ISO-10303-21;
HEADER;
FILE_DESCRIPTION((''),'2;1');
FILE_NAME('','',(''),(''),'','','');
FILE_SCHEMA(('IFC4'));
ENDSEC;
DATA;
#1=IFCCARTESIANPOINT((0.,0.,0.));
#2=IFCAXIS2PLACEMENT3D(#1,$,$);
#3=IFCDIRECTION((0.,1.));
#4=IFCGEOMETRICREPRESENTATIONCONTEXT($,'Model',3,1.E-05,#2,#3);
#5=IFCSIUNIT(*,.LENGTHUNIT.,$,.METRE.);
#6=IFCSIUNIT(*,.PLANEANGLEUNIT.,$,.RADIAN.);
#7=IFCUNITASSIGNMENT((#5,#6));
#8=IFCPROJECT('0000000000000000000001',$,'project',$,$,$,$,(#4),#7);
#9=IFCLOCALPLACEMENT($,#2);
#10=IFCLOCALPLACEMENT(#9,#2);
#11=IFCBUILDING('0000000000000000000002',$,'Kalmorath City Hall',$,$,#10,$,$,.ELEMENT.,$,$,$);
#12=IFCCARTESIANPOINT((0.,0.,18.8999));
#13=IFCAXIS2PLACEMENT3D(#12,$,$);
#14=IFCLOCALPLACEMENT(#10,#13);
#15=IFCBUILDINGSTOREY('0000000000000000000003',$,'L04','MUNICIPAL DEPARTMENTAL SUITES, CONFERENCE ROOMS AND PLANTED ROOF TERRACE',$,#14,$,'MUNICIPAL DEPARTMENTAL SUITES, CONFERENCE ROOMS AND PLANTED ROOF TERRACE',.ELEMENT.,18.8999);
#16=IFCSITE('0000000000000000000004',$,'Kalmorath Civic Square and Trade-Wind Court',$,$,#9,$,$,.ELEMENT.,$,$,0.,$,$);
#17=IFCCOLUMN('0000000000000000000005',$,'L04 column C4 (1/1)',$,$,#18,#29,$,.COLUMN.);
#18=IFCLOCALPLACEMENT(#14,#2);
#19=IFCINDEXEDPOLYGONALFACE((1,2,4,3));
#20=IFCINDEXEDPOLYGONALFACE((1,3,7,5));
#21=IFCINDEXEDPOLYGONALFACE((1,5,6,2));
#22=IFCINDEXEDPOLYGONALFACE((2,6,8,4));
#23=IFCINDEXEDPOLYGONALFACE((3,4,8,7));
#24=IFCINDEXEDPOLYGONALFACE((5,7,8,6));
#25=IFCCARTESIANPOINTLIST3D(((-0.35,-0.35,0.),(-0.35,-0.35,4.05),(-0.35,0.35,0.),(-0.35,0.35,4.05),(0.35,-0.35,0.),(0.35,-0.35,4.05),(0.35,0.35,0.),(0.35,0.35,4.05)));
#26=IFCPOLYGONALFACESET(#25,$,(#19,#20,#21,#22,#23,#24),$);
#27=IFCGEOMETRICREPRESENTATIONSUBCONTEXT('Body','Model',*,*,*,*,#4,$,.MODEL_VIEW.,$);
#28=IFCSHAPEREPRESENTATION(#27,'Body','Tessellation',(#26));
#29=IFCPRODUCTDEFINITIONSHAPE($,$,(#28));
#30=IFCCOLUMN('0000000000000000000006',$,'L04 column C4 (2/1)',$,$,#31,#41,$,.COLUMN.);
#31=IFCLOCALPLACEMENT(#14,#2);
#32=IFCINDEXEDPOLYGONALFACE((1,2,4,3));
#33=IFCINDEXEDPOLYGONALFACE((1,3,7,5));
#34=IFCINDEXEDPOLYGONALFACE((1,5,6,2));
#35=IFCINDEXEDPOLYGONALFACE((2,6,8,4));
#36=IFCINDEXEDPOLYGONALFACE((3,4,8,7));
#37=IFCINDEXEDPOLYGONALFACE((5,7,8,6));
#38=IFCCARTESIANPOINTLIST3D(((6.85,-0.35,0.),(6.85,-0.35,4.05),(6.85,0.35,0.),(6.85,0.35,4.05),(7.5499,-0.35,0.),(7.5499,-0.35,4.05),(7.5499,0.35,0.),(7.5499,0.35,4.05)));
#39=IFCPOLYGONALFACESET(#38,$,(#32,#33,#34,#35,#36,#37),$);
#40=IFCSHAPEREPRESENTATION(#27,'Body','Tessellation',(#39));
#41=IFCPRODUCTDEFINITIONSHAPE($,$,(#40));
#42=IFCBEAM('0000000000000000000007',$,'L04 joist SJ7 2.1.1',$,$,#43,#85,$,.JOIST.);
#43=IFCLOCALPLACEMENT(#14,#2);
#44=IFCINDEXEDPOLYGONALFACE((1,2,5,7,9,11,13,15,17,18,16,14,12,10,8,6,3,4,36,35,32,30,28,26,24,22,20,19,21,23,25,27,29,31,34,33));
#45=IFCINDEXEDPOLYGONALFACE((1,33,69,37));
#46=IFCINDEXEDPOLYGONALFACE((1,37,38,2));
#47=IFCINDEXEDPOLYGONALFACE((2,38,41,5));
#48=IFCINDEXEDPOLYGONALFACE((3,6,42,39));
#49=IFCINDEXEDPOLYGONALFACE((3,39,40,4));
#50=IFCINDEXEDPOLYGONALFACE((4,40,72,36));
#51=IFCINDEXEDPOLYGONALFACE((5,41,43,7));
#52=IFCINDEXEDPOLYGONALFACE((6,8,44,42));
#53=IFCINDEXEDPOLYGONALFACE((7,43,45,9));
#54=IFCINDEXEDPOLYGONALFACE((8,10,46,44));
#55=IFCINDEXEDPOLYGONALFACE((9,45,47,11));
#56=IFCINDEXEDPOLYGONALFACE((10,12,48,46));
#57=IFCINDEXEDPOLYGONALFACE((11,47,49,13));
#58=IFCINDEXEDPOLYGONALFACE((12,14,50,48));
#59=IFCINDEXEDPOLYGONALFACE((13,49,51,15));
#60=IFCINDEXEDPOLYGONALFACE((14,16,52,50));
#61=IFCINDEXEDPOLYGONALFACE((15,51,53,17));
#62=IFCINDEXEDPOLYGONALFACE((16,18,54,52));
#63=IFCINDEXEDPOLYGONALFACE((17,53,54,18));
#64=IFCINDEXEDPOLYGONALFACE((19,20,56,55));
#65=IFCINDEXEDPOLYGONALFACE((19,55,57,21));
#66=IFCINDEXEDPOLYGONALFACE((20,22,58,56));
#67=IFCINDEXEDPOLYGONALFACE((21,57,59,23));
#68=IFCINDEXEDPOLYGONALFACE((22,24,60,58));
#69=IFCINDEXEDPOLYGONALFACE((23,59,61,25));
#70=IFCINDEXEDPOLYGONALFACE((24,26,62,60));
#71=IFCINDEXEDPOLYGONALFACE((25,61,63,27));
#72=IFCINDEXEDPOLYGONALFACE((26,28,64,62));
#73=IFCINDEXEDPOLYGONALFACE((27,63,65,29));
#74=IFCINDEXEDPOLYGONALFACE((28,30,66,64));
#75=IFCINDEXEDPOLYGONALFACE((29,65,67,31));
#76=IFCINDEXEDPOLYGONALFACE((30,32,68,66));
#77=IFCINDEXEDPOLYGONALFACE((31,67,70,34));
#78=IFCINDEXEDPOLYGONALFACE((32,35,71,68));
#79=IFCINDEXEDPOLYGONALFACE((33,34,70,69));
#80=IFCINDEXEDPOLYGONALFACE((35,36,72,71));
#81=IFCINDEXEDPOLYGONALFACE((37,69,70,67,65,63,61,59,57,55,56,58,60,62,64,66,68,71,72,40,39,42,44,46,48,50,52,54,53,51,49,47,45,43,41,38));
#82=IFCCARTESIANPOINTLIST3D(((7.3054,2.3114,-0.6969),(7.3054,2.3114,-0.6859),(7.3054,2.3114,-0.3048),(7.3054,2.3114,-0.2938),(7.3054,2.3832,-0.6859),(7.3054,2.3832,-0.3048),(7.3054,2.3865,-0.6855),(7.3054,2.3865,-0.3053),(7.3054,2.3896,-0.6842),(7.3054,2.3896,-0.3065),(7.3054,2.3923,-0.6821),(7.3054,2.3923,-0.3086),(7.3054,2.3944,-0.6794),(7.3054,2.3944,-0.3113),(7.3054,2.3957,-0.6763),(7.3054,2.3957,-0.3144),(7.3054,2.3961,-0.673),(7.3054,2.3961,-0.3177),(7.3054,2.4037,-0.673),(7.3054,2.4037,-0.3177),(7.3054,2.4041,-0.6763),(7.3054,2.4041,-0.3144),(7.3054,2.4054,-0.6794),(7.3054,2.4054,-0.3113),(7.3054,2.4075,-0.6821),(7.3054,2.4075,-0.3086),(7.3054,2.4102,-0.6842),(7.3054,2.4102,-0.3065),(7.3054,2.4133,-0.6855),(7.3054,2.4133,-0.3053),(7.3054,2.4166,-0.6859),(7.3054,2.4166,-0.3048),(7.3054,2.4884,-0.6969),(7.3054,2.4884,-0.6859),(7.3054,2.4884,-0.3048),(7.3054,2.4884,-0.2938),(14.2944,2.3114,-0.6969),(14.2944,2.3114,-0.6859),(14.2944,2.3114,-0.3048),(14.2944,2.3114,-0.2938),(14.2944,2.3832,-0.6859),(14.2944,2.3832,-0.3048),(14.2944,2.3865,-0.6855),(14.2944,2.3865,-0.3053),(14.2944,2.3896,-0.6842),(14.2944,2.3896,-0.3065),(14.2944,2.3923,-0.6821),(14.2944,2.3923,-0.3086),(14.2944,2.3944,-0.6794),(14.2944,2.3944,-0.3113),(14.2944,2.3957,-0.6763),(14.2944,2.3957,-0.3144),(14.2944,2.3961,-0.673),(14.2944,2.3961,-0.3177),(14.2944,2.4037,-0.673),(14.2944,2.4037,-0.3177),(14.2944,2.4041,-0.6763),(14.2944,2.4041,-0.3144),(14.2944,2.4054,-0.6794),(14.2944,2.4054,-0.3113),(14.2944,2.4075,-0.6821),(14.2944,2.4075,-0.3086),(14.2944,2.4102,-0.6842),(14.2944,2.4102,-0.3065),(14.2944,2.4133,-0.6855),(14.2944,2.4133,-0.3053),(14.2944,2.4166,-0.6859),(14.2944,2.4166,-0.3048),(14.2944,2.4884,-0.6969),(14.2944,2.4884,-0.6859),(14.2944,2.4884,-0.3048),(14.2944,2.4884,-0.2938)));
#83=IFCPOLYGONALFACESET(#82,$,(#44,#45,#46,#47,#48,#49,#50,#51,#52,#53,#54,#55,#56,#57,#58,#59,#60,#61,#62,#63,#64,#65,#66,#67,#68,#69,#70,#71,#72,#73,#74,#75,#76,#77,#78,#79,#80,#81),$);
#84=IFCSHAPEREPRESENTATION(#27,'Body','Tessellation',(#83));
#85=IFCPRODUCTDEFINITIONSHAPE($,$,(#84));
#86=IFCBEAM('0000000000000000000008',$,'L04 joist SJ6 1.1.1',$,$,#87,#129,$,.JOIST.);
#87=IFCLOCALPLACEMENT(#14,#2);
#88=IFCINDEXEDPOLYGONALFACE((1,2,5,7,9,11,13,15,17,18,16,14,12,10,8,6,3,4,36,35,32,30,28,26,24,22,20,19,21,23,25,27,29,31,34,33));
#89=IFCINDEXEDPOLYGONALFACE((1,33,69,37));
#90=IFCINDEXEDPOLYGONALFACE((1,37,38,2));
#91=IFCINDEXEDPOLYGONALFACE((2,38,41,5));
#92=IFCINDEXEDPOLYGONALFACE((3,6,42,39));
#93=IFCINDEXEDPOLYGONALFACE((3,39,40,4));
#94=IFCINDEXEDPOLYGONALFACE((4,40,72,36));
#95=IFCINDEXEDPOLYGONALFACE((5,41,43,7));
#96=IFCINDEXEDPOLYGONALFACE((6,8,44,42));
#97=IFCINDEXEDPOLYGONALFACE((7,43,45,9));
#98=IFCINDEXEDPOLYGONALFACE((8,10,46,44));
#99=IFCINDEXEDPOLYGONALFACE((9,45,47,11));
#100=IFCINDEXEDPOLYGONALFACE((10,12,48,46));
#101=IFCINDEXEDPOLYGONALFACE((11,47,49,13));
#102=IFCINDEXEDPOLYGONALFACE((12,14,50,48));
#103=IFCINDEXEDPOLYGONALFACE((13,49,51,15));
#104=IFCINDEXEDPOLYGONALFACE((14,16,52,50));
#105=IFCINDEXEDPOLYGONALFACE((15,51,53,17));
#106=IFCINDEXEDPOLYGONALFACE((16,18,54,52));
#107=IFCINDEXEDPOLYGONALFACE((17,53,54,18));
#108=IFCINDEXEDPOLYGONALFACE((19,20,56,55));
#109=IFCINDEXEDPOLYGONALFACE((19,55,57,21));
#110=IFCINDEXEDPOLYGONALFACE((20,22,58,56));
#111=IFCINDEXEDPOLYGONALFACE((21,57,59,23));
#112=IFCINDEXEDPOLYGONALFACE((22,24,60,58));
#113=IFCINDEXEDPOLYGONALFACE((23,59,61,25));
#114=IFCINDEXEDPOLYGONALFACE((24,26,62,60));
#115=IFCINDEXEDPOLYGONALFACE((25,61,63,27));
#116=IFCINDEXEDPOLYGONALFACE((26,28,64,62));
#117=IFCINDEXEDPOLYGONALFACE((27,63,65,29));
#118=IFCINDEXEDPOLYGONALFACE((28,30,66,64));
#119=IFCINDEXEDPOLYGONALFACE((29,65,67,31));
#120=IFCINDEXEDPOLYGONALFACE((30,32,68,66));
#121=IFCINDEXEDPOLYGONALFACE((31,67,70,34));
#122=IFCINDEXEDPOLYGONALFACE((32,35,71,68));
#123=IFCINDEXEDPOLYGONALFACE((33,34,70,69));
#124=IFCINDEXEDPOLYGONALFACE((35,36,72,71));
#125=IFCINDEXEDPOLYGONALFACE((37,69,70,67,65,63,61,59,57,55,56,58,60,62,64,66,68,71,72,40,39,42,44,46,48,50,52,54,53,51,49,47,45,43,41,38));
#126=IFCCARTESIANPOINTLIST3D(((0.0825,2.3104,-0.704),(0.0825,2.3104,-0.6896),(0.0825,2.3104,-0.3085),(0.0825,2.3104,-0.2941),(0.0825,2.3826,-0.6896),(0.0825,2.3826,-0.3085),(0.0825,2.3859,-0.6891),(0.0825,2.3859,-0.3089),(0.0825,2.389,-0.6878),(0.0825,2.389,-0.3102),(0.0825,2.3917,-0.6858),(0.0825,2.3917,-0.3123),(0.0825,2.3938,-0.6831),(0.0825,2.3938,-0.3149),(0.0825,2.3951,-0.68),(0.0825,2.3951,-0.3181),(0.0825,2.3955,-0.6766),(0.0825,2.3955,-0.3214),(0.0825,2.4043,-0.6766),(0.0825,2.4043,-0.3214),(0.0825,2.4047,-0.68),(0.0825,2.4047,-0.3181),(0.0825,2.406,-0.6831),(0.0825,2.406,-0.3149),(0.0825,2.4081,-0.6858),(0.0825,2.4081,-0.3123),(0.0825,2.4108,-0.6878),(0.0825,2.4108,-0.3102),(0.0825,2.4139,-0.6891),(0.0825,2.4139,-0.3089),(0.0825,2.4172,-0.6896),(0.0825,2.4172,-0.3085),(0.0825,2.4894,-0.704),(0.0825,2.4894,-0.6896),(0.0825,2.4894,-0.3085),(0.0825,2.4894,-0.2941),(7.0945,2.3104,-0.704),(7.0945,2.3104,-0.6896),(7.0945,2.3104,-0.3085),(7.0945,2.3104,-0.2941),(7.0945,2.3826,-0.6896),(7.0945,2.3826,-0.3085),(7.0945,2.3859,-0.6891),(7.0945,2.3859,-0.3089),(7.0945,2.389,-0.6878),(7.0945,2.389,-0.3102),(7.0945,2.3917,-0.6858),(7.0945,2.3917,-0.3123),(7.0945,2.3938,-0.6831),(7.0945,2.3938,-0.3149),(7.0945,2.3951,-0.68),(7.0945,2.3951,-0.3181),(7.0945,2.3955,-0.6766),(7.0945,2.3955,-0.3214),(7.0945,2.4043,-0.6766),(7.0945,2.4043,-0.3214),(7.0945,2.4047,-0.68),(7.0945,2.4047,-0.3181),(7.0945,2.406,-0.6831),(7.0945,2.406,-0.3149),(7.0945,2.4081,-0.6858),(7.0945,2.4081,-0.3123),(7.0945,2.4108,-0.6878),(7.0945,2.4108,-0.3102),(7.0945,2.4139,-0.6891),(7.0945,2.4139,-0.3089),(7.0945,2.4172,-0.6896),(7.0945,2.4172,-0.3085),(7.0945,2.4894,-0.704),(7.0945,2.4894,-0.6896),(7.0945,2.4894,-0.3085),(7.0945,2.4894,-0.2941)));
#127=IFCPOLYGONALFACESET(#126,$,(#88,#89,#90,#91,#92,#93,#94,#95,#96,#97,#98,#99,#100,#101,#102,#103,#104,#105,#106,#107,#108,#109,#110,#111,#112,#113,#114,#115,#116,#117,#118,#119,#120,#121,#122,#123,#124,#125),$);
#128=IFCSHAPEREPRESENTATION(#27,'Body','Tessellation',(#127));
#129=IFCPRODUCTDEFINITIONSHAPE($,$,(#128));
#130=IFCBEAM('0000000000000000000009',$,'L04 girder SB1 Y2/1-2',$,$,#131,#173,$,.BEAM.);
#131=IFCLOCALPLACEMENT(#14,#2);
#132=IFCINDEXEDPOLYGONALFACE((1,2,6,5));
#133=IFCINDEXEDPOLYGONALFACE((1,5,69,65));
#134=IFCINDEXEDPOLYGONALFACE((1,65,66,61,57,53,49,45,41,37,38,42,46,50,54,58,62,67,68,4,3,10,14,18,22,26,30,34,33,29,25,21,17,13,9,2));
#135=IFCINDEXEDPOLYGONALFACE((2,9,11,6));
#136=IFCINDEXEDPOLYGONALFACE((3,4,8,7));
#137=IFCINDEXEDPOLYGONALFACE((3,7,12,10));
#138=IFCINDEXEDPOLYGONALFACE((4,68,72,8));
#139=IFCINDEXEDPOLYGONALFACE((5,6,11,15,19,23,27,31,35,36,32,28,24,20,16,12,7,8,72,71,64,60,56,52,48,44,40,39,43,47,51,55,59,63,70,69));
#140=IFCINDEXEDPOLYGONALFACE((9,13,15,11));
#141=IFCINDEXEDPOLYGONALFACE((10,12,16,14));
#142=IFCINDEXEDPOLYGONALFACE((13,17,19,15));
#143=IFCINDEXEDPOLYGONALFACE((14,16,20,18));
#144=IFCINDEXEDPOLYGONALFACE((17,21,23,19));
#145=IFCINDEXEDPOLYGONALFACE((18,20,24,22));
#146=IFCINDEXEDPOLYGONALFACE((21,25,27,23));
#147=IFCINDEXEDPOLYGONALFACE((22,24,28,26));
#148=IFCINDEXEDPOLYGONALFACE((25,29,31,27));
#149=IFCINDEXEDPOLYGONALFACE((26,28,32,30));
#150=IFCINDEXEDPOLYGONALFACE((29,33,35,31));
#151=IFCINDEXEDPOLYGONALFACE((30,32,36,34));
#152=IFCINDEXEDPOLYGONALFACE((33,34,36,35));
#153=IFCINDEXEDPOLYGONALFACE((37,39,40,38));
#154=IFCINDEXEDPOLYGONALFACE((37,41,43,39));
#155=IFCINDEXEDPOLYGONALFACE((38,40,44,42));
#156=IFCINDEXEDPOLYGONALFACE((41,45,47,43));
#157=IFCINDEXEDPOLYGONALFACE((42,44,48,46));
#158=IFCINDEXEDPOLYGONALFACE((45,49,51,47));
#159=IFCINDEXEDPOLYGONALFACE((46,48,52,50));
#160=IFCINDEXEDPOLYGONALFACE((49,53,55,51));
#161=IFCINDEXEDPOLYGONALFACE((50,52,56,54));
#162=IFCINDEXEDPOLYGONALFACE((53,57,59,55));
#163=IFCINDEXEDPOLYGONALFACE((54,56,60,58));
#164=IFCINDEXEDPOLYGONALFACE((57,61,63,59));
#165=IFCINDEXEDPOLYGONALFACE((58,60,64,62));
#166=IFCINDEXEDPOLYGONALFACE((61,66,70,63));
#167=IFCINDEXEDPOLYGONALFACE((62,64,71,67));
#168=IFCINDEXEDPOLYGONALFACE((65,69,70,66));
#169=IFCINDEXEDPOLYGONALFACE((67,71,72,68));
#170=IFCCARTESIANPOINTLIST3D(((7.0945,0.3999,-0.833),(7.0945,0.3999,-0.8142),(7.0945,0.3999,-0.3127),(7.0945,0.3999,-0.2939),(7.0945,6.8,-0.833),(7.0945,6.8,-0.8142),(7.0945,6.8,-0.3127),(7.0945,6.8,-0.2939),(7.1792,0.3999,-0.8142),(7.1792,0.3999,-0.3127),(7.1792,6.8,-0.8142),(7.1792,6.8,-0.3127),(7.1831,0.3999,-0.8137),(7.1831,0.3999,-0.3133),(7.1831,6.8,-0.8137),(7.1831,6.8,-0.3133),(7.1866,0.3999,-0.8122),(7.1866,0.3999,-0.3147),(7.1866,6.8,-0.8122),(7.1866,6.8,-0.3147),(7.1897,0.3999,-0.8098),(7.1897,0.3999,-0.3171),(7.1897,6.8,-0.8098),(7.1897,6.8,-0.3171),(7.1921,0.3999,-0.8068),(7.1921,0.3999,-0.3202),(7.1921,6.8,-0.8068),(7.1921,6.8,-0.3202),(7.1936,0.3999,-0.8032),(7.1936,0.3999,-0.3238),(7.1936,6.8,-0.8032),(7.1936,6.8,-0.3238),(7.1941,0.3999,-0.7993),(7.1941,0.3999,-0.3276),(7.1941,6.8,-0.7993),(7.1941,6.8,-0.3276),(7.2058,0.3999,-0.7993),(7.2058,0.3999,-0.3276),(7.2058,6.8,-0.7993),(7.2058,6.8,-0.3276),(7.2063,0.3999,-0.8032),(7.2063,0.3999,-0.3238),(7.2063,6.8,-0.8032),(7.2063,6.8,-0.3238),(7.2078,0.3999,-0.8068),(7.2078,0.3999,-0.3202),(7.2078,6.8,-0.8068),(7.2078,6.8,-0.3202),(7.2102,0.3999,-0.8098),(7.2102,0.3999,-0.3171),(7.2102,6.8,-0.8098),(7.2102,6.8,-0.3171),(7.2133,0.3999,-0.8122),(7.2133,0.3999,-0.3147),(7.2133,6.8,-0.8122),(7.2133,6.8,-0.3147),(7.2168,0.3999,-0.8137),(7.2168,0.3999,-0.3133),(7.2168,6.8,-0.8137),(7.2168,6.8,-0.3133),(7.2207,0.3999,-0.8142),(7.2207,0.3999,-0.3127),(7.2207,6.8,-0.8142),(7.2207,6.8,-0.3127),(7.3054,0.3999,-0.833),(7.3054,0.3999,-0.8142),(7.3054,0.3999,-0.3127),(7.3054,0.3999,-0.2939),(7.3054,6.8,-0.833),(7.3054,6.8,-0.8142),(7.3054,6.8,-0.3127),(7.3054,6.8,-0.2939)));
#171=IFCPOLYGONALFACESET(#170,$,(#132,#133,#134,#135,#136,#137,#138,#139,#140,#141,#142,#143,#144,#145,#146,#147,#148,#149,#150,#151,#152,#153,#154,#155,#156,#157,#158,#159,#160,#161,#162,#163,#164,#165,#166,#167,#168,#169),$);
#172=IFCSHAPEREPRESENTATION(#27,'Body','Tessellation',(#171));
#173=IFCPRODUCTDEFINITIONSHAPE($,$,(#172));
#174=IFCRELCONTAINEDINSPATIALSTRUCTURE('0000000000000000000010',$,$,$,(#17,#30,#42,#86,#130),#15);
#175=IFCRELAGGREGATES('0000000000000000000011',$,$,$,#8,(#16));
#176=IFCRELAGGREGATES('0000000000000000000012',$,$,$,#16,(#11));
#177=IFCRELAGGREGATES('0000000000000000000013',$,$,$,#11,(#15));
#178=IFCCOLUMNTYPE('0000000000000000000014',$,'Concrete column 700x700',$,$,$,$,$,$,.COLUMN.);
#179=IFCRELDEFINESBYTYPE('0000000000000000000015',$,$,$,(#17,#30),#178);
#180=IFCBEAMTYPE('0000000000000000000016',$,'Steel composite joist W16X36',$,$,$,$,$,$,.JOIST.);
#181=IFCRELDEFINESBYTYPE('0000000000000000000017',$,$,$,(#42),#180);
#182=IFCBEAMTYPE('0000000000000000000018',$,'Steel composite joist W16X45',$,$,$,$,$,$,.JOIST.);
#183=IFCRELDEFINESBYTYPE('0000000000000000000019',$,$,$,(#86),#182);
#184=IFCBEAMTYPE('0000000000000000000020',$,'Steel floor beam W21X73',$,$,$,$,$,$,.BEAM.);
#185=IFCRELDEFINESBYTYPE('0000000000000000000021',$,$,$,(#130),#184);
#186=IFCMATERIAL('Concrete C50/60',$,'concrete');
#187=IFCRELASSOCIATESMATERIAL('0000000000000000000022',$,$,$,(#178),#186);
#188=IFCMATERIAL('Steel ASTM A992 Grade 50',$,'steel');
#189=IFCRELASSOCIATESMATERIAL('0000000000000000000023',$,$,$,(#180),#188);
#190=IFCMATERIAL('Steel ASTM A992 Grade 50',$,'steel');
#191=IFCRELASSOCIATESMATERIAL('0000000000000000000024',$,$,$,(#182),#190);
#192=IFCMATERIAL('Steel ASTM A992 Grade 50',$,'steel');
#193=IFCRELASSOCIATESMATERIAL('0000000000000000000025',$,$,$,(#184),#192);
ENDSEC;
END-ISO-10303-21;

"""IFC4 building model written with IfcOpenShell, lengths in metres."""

from ifc_helpers import new_model, si_unit, direction, frame, origin, origin_2d, place, context, subcontext, project, spatial, rectangle, i_section, extrude, material, material_profile, profile_set, type_object, element, save


model = new_model("IFC4")

# Units and contexts
model_context = context("Model", 3, precision=1e-05, world=origin(), true_north=direction((0.0, 1.0)))
body_context = subcontext(model_context, "Body", "Model", "MODEL_VIEW")
ifc_project = project(units=[si_unit("LENGTHUNIT", "METRE"), si_unit("PLANEANGLEUNIT", "RADIAN")], contexts=[model_context])

# Site, building, storey
site_placement = place(None, origin())
site = spatial("IfcSite", under=ifc_project, at=site_placement, Name="Kalmorath Civic Square and Trade-Wind Court", CompositionType="ELEMENT", RefElevation=0.0)
building_placement = place(site_placement, origin())
building = spatial("IfcBuilding", under=site, at=building_placement, Name="Kalmorath City Hall", CompositionType="ELEMENT")
storey_placement = place(building_placement, frame((0.0, 0.0, 18.8999)))
storey = spatial("IfcBuildingStorey", under=building, at=storey_placement, Name="L04", Description="MUNICIPAL DEPARTMENTAL SUITES, CONFERENCE ROOMS AND PLANTED ROOF TERRACE", LongName="MUNICIPAL DEPARTMENTAL SUITES, CONFERENCE ROOMS AND PLANTED ROOF TERRACE", CompositionType="ELEMENT", Elevation=18.8999)

# Columns
ifc_material_1 = material(Name="Concrete C50/60", Category="concrete")
ifc_material_profile_1 = material_profile(ifc_material_1, rectangle(XDim=0.7, YDim=0.7, at=origin_2d()), Name="RC-COL-700X700")
ifc_profile_set_1 = profile_set([ifc_material_profile_1], Name="Concrete C50/60")
column_type = type_object("IfcColumnType", Name="Concrete column 700x700", PredefinedType="COLUMN", material=ifc_profile_set_1)
for number, where, z_axis, x_axis, name in (
    (1, (0.0, 0.0, 0.0), (0.0, 0.0, 1.0), (1.0, 0.0, 0.0), "L04 column C4 (1/1)"),
    (2, (7.2, 0.0, 0.0), (0.0, 0.0, 1.0), (1.0, 0.0, 0.0), "L04 column C4 (2/1)"),
):
    element("IfcColumn", number, at=place(storey_placement, frame(where, z_axis=z_axis, x_axis=x_axis)), inside=storey, type_object=column_type, Name=name, PredefinedType="COLUMN", context=body_context, shape_type="SweptSolid", body=[
        extrude(rectangle(XDim=0.7, YDim=0.7, at=origin_2d()), origin(), (0.0, 0.0, 1.0), 4.05),
    ])

# Beams
ifc_material_2 = material(Name="Steel ASTM A992 Grade 50", Category="steel")
ifc_material_profile_2 = material_profile(ifc_material_2, i_section(OverallWidth=0.177, OverallDepth=0.4031, WebThickness=0.0076, FlangeThickness=0.011, FilletRadius=0.0129, at=origin_2d()), Name="W16X36")
ifc_profile_set_2 = profile_set([ifc_material_profile_2], Name="Steel ASTM A992 Grade 50")
beam_type_1 = type_object("IfcBeamType", Name="Steel composite joist W16X36", PredefinedType="JOIST", material=ifc_profile_set_2)
beam_1_placement = place(storey_placement, frame((7.3054, 2.3999, -0.4954), z_axis=(1.0, 0.0, 0.0), x_axis=(0.0, 1.0, 0.0)))
element("IfcBeam", 3, at=beam_1_placement, inside=storey, type_object=beam_type_1, Name="L04 joist SJ7 2.1.1", PredefinedType="JOIST", context=body_context, shape_type="SweptSolid", body=[
    extrude(i_section(OverallWidth=0.177, OverallDepth=0.4031, WebThickness=0.0076, FlangeThickness=0.011, FilletRadius=0.0129, at=origin_2d()), origin(), (0.0, 0.0, 1.0), 6.989),
])
ifc_material_3 = material(Name="Steel ASTM A992 Grade 50", Category="steel")
ifc_material_profile_3 = material_profile(ifc_material_3, i_section(OverallWidth=0.179, OverallDepth=0.4099, WebThickness=0.0088, FlangeThickness=0.0144, FilletRadius=0.0129, at=origin_2d()), Name="W16X45")
ifc_profile_set_3 = profile_set([ifc_material_profile_3], Name="Steel ASTM A992 Grade 50")
beam_type_2 = type_object("IfcBeamType", Name="Steel composite joist W16X45", PredefinedType="JOIST", material=ifc_profile_set_3)
beam_2_placement = place(storey_placement, frame((0.0825, 2.3999, -0.499), z_axis=(1.0, 0.0, 0.0), x_axis=(0.0, 1.0, 0.0)))
element("IfcBeam", 4, at=beam_2_placement, inside=storey, type_object=beam_type_2, Name="L04 joist SJ6 1.1.1", PredefinedType="JOIST", context=body_context, shape_type="SweptSolid", body=[
    extrude(i_section(OverallWidth=0.179, OverallDepth=0.4099, WebThickness=0.0088, FlangeThickness=0.0144, FilletRadius=0.0129, at=origin_2d()), origin(), (0.0, 0.0, 1.0), 7.012),
])
ifc_material_4 = material(Name="Steel ASTM A992 Grade 50", Category="steel")
ifc_material_profile_4 = material_profile(ifc_material_4, i_section(OverallWidth=0.2109, OverallDepth=0.5391, WebThickness=0.0117, FlangeThickness=0.0188, FilletRadius=0.0149, at=origin_2d()), Name="W21X73")
ifc_profile_set_4 = profile_set([ifc_material_profile_4], Name="Steel ASTM A992 Grade 50")
beam_type_3 = type_object("IfcBeamType", Name="Steel floor beam W21X73", PredefinedType="BEAM", material=ifc_profile_set_4)
beam_3_placement = place(storey_placement, frame((7.2, 0.3999, -0.5635), z_axis=(0.0, 1.0, 0.0), x_axis=(-1.0, 0.0, 0.0)))
element("IfcBeam", 5, at=beam_3_placement, inside=storey, type_object=beam_type_3, Name="L04 girder SB1 Y2/1-2", PredefinedType="BEAM", context=body_context, shape_type="SweptSolid", body=[
    extrude(i_section(OverallWidth=0.2109, OverallDepth=0.5391, WebThickness=0.0117, FlangeThickness=0.0188, FilletRadius=0.0149, at=origin_2d()), origin(), (0.0, 0.0, 1.0), 6.4001),
])

save(model, "model.ifc")
